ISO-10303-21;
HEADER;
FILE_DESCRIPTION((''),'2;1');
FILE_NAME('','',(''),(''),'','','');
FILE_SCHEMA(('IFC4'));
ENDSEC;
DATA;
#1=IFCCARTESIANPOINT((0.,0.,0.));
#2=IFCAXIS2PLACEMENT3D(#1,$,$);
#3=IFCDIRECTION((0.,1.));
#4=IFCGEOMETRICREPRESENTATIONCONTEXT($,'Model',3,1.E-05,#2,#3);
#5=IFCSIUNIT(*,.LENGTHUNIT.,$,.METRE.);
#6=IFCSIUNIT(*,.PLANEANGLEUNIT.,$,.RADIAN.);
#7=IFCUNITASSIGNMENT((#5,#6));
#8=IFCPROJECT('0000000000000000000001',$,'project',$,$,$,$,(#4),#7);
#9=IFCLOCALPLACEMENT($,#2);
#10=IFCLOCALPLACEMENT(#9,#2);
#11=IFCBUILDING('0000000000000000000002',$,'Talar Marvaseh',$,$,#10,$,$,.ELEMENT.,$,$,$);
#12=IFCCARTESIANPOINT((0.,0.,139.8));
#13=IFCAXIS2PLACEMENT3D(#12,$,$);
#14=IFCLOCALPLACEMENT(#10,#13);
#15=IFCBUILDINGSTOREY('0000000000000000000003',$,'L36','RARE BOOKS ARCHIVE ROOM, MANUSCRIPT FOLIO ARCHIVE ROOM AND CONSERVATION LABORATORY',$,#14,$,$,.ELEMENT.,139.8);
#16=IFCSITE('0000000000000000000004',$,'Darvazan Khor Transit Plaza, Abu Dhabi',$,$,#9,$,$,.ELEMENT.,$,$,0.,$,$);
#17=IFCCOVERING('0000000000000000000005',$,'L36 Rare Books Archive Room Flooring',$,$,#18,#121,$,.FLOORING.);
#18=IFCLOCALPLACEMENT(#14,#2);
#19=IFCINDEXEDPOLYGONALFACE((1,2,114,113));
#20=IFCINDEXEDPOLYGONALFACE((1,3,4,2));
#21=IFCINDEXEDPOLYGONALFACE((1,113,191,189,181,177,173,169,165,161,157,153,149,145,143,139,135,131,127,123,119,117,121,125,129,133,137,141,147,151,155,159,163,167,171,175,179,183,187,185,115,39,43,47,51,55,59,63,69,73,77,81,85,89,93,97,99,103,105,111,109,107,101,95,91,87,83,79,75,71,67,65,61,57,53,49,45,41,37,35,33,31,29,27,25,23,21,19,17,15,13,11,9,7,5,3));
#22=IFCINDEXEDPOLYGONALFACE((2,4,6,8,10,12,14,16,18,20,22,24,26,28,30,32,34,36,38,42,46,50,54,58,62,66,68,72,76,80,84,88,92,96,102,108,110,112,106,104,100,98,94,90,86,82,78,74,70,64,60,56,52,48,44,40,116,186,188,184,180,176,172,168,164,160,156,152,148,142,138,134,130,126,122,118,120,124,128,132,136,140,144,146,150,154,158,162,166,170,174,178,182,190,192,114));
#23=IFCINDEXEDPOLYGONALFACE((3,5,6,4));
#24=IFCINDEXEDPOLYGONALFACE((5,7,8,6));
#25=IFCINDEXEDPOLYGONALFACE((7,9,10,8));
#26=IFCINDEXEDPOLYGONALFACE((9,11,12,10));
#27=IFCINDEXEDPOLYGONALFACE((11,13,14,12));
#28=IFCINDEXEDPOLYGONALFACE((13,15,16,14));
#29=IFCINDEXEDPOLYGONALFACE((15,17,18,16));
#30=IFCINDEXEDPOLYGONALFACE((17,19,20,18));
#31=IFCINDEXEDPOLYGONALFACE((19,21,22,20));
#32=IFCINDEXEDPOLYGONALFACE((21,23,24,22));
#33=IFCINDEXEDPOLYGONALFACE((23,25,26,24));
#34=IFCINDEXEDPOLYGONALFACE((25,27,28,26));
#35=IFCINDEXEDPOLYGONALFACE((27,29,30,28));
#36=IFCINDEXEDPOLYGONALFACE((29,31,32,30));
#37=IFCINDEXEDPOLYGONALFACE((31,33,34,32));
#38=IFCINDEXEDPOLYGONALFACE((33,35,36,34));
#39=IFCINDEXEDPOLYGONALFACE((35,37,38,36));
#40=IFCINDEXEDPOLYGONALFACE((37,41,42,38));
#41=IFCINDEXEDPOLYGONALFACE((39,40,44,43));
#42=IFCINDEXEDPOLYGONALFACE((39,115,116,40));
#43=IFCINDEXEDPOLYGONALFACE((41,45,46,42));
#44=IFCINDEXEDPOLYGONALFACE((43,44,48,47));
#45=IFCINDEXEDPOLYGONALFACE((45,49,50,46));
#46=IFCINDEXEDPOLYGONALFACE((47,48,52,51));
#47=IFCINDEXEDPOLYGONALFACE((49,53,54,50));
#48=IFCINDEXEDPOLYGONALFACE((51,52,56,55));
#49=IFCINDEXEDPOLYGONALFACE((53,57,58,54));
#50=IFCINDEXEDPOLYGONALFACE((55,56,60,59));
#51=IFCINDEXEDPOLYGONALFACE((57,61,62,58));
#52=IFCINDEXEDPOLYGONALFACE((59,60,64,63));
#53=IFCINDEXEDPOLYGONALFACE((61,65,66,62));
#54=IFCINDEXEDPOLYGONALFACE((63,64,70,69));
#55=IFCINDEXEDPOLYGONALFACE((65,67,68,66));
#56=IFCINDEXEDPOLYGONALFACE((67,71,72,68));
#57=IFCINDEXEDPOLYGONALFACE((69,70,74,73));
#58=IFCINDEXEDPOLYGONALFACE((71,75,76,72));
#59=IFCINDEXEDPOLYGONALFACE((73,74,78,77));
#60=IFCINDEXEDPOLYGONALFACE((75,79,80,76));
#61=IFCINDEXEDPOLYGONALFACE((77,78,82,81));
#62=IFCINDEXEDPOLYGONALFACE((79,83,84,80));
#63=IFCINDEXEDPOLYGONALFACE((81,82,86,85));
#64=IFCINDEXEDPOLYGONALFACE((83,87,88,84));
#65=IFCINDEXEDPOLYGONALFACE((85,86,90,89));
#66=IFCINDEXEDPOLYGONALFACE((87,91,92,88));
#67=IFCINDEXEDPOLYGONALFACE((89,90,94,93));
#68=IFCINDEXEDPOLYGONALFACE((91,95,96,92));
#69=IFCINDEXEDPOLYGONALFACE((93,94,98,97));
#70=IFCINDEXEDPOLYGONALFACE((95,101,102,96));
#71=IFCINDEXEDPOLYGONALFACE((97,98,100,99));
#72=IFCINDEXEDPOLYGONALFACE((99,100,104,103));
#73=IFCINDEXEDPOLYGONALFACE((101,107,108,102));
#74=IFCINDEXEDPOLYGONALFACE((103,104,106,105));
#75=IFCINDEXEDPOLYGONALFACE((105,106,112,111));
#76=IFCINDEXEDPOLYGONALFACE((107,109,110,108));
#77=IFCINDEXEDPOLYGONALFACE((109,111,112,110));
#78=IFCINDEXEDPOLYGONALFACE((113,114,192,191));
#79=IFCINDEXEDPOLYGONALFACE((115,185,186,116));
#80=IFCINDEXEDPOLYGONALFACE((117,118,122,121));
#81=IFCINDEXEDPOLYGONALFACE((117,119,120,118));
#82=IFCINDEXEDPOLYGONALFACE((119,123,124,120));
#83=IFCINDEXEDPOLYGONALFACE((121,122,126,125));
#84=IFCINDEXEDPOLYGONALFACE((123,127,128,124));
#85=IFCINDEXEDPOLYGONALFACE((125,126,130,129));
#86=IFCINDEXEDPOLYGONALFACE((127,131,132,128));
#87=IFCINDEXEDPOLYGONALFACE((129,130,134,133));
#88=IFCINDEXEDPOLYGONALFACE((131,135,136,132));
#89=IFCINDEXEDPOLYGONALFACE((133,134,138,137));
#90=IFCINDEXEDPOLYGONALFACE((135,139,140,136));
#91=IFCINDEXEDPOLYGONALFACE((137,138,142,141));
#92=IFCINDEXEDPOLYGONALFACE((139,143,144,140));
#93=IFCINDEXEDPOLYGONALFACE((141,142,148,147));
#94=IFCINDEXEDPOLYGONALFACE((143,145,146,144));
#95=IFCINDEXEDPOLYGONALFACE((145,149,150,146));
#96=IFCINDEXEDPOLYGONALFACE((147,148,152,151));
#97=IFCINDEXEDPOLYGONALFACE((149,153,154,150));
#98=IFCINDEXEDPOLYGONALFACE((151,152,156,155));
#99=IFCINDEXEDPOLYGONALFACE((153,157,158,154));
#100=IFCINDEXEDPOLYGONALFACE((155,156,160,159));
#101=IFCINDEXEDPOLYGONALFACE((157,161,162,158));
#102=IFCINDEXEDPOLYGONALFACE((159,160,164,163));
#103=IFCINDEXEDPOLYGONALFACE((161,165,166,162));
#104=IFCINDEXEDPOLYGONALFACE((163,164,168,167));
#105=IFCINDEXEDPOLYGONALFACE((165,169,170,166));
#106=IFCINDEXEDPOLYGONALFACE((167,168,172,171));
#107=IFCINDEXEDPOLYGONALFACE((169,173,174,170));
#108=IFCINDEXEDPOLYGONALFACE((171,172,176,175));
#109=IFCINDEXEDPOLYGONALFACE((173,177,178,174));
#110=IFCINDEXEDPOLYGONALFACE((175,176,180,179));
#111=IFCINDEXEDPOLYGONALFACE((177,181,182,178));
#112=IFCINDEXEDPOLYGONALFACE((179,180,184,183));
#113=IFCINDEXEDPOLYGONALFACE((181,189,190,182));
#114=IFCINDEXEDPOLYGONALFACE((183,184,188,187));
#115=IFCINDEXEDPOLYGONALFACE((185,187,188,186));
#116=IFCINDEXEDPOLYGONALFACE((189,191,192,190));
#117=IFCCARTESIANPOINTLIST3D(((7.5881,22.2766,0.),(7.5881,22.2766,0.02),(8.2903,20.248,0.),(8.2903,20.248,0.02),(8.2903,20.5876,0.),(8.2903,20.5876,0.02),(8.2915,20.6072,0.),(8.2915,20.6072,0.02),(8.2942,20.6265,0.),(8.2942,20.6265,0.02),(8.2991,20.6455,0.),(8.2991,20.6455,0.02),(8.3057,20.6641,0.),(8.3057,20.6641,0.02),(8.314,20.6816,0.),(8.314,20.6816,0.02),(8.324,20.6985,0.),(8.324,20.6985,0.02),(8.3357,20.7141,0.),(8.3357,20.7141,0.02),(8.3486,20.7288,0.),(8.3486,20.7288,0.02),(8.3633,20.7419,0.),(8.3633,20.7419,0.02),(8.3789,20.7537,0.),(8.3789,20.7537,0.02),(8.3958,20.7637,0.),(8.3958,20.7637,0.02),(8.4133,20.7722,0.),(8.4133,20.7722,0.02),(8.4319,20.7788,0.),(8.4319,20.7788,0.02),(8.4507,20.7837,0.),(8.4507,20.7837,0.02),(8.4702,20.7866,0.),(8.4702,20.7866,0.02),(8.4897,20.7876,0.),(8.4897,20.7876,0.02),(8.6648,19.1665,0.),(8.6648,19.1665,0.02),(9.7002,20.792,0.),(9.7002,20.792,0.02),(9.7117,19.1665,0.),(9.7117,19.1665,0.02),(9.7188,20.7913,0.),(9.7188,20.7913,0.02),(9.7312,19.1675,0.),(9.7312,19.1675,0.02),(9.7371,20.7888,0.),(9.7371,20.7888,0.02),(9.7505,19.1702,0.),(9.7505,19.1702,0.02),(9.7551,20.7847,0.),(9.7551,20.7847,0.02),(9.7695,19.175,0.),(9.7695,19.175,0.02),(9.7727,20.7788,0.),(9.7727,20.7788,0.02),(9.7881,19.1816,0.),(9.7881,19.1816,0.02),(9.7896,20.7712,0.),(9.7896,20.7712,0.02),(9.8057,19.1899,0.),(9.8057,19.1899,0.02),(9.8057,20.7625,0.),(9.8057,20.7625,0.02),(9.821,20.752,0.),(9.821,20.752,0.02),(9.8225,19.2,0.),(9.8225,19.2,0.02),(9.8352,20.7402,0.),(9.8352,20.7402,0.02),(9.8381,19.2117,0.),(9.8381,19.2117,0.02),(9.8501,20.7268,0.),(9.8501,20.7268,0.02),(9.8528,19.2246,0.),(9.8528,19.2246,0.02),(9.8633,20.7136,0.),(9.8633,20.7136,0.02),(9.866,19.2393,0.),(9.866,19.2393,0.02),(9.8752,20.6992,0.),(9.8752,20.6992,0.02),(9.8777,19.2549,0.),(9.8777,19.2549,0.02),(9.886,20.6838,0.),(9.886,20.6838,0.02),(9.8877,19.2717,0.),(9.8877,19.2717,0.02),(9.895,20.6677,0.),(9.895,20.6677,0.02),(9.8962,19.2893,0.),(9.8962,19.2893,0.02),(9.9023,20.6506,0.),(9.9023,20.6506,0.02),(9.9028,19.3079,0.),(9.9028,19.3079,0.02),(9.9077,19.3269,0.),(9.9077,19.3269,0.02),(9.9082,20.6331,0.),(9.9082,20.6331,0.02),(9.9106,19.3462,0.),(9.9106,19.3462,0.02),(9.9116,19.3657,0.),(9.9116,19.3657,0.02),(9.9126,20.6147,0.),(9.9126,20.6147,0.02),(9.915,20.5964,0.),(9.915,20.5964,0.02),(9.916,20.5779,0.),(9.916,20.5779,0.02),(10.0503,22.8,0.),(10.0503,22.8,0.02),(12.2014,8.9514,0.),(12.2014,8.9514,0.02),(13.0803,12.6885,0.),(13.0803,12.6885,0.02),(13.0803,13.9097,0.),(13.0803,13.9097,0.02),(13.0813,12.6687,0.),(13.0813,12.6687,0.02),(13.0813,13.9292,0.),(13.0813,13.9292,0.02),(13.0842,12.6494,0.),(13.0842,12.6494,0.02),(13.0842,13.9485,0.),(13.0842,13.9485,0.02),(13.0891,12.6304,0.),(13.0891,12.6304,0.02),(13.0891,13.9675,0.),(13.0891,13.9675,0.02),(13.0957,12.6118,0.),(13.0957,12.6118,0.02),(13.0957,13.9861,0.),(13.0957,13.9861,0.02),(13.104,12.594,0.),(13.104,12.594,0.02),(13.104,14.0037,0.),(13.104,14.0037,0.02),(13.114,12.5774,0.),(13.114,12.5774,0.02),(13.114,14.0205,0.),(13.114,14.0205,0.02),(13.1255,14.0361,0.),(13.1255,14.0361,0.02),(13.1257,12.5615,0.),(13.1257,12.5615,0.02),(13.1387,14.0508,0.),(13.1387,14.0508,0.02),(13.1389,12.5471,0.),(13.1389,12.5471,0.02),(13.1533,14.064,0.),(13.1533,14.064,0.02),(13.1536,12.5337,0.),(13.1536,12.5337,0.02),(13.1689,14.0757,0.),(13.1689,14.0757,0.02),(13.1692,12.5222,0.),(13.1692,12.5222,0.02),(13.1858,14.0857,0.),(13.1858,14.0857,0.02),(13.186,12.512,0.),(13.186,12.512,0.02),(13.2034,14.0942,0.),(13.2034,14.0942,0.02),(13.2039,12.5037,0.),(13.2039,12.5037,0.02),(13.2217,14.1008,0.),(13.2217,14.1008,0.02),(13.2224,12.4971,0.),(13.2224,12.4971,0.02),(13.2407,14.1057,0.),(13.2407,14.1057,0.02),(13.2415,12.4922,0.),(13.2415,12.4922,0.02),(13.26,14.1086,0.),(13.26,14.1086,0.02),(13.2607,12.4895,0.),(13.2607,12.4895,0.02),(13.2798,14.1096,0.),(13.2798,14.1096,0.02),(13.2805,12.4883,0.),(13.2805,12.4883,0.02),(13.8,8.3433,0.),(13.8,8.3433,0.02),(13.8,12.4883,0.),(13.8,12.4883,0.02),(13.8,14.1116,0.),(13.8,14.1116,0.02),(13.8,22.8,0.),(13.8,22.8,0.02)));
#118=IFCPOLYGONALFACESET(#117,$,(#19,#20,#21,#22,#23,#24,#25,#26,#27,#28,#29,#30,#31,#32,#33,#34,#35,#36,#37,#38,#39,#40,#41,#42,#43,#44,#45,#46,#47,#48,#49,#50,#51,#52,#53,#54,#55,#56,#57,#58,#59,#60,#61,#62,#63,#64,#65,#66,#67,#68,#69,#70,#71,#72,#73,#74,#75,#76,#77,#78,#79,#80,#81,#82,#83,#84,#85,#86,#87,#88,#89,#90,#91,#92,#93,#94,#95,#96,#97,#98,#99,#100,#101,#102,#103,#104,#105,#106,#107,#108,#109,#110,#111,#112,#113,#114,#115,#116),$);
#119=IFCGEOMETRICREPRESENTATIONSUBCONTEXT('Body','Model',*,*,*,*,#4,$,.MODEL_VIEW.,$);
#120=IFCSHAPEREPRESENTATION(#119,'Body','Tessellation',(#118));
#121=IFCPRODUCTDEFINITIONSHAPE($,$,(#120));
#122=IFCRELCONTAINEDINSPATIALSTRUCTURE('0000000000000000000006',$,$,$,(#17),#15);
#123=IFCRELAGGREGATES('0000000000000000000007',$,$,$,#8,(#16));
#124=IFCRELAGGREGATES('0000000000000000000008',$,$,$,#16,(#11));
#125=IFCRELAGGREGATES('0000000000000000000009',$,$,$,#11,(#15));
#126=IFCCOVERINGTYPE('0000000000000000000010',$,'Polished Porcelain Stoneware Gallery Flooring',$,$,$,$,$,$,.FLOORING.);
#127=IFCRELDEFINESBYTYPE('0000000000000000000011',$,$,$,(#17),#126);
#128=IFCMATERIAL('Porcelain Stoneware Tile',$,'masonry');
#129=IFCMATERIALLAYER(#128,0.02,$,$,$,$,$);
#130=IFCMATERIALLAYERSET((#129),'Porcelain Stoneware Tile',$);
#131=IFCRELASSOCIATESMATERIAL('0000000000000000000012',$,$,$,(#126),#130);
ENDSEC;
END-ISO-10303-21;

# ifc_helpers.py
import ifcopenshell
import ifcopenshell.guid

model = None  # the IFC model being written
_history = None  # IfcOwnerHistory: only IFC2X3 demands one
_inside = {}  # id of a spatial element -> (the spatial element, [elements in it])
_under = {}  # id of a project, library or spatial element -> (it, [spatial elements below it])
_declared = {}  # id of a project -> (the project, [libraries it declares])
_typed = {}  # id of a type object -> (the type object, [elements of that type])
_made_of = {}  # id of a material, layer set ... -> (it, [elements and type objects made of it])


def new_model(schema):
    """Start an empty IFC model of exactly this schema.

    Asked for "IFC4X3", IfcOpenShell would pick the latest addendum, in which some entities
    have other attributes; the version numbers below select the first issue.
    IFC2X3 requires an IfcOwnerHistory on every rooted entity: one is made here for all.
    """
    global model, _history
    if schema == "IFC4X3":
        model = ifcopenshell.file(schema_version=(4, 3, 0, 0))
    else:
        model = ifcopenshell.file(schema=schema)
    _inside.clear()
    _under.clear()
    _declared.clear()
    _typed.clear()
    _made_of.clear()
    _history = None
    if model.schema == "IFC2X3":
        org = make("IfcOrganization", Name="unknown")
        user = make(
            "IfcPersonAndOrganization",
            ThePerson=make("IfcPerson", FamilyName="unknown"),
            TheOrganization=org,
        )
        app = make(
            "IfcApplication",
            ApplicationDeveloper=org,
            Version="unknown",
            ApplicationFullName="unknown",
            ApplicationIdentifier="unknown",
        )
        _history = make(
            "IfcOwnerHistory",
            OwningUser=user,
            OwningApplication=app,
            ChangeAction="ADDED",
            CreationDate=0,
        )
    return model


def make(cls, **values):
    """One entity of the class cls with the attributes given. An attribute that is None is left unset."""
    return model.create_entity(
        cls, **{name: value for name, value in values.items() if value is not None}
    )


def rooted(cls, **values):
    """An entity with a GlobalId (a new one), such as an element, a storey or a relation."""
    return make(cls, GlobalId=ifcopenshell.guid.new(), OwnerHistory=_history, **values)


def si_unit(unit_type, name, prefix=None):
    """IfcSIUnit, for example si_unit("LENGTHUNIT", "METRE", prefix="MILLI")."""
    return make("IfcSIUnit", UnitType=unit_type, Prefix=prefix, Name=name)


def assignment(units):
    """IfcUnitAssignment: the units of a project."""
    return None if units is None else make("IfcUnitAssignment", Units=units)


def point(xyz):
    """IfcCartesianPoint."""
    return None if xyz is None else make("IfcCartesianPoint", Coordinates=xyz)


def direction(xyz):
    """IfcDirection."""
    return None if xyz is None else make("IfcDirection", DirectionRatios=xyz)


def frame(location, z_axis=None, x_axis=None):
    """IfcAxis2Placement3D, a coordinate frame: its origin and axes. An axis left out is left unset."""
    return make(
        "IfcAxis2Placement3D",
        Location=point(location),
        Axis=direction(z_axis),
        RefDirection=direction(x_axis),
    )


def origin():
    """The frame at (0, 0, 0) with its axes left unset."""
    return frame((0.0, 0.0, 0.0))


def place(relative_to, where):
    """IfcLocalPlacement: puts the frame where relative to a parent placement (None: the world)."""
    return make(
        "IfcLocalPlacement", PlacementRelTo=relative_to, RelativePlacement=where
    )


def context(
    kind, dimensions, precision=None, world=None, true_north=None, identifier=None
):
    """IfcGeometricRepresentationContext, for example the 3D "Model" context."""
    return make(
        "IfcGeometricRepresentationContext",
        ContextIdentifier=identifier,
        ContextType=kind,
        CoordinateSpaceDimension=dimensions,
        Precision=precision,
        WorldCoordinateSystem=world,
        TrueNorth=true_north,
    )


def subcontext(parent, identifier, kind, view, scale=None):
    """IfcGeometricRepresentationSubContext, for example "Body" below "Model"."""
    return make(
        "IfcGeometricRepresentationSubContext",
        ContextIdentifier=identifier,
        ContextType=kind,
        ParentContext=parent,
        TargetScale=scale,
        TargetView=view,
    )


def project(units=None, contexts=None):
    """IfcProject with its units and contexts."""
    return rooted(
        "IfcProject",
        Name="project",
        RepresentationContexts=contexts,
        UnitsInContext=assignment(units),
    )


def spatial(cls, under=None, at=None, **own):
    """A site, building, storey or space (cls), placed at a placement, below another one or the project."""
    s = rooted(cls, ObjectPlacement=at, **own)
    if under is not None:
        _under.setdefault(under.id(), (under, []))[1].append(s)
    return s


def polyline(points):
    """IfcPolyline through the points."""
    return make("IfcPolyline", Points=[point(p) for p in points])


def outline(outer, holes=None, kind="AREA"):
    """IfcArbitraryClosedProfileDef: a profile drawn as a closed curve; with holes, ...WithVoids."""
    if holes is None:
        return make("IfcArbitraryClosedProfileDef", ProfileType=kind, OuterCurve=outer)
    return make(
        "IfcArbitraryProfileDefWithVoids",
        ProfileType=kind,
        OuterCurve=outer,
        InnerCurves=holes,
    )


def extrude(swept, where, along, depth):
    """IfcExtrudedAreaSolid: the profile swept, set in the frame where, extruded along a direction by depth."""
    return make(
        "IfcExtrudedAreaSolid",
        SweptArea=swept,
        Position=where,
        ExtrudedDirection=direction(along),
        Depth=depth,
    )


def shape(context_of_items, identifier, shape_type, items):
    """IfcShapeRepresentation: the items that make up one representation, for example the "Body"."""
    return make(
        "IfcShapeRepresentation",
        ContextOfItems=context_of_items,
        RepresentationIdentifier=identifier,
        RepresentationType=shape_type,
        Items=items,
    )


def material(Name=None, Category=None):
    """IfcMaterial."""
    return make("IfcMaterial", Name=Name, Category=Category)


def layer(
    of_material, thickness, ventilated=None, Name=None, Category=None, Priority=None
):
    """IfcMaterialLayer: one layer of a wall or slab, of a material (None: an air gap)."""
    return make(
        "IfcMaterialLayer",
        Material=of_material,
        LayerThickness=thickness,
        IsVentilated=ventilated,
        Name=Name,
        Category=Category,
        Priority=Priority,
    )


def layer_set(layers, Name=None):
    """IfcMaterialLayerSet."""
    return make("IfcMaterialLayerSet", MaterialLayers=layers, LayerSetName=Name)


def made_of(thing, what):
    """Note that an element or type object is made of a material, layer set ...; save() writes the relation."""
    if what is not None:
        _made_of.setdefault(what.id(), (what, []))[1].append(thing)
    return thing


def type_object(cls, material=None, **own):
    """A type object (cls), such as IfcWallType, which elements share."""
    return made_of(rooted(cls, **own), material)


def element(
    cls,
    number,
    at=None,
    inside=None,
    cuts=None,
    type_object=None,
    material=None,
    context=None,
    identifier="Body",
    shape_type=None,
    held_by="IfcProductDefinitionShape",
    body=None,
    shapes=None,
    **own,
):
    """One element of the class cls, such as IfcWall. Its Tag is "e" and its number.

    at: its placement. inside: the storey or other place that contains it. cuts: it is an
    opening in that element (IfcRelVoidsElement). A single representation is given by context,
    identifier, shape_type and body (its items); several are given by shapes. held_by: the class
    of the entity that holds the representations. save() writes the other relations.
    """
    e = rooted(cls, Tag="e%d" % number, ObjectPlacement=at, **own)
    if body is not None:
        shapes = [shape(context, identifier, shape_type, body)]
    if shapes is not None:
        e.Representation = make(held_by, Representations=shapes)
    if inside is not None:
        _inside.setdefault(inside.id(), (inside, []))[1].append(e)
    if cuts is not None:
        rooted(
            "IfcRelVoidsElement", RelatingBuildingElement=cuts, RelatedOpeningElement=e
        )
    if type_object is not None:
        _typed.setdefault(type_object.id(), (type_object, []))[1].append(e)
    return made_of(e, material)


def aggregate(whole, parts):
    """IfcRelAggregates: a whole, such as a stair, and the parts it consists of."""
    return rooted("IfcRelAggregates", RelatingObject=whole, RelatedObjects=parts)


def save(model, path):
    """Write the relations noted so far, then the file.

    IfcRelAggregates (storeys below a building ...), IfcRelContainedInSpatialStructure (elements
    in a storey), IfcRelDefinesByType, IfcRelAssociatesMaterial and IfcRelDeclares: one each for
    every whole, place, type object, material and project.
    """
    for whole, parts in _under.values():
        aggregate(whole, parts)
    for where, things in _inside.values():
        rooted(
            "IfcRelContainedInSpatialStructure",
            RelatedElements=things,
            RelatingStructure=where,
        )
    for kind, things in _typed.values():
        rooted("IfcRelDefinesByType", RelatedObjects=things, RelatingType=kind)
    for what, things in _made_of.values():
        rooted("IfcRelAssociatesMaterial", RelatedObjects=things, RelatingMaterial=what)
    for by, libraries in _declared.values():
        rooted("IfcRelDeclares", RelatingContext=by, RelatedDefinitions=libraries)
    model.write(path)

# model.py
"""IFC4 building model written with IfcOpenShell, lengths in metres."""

from ifc_helpers import new_model, si_unit, direction, frame, origin, place, context, subcontext, project, spatial, polyline, outline, extrude, material, layer, layer_set, type_object, element, save


model = new_model("IFC4")

# Units and contexts
model_context = context("Model", 3, precision=1e-05, world=origin(), true_north=direction((0.0, 1.0)))
body_context = subcontext(model_context, "Body", "Model", "MODEL_VIEW")
ifc_project = project(units=[si_unit("LENGTHUNIT", "METRE"), si_unit("PLANEANGLEUNIT", "RADIAN")], contexts=[model_context])

# Site, building, storey
site_placement = place(None, origin())
site = spatial("IfcSite", under=ifc_project, at=site_placement, Name="Darvazan Khor Transit Plaza, Abu Dhabi", CompositionType="ELEMENT", RefElevation=0.0)
building_placement = place(site_placement, origin())
building = spatial("IfcBuilding", under=site, at=building_placement, Name="Talar Marvaseh", CompositionType="ELEMENT")
storey_placement = place(building_placement, frame((0.0, 0.0, 139.8)))
storey = spatial("IfcBuildingStorey", under=building, at=storey_placement, Name="L36", Description="RARE BOOKS ARCHIVE ROOM, MANUSCRIPT FOLIO ARCHIVE ROOM AND CONSERVATION LABORATORY", CompositionType="ELEMENT", Elevation=139.8)

# Covering
ifc_material_1 = material(Name="Porcelain Stoneware Tile", Category="masonry")
ifc_layer_1 = layer(ifc_material_1, 0.02)
ifc_layer_set_1 = layer_set([ifc_layer_1], Name="Porcelain Stoneware Tile")
covering_type_1 = type_object("IfcCoveringType", Name="Polished Porcelain Stoneware Gallery Flooring", PredefinedType="FLOORING", material=ifc_layer_set_1)
covering_1_placement = place(storey_placement, origin())
element("IfcCovering", 1, at=covering_1_placement, inside=storey, type_object=covering_type_1, Name="L36 Rare Books Archive Room Flooring", PredefinedType="FLOORING", context=body_context, shape_type="SweptSolid", body=[
    extrude(outline(polyline([(9.7312, 19.1675), (9.7505, 19.1702), (9.7695, 19.175), (9.7881, 19.1816), (9.8057, 19.1899), (9.8225, 19.2), (9.8381, 19.2117), (9.8528, 19.2246), (9.866, 19.2393), (9.8777, 19.2549), (9.8877, 19.2717), (9.8962, 19.2893), (9.9028, 19.3079), (9.9077, 19.3269), (9.9106, 19.3462), (9.9116, 19.3657), (9.916, 20.5779), (9.915, 20.5964), (9.9126, 20.6147), (9.9082, 20.6331), (9.9023, 20.6506), (9.895, 20.6677), (9.886, 20.6838), (9.8752, 20.6992), (9.8633, 20.7136), (9.8501, 20.7268), (9.8352, 20.7402), (9.821, 20.752), (9.8057, 20.7625), (9.7896, 20.7712), (9.7727, 20.7788), (9.7551, 20.7847), (9.7371, 20.7888), (9.7188, 20.7913), (9.7002, 20.792), (8.4897, 20.7876), (8.4702, 20.7866), (8.4507, 20.7837), (8.4319, 20.7788), (8.4133, 20.7722), (8.3958, 20.7637), (8.3789, 20.7537), (8.3633, 20.7419), (8.3486, 20.7288), (8.3357, 20.7141), (8.324, 20.6985), (8.314, 20.6816), (8.3057, 20.6641), (8.2991, 20.6455), (8.2942, 20.6265), (8.2915, 20.6072), (8.2903, 20.5876), (8.2903, 20.248), (7.5881, 22.2766), (10.0503, 22.8), (13.8, 22.8), (13.8, 14.1116), (13.2798, 14.1096), (13.26, 14.1086), (13.2407, 14.1057), (13.2217, 14.1008), (13.2034, 14.0942), (13.1858, 14.0857), (13.1689, 14.0757), (13.1533, 14.064), (13.1387, 14.0508), (13.1255, 14.0361), (13.114, 14.0205), (13.104, 14.0037), (13.0957, 13.9861), (13.0891, 13.9675), (13.0842, 13.9485), (13.0813, 13.9292), (13.0803, 13.9097), (13.0803, 12.6885), (13.0813, 12.6687), (13.0842, 12.6494), (13.0891, 12.6304), (13.0957, 12.6118), (13.104, 12.594), (13.114, 12.5774), (13.1257, 12.5615), (13.1389, 12.5471), (13.1536, 12.5337), (13.1692, 12.5222), (13.186, 12.512), (13.2039, 12.5037), (13.2224, 12.4971), (13.2415, 12.4922), (13.2607, 12.4895), (13.2805, 12.4883), (13.8, 12.4883), (13.8, 8.3433), (12.2014, 8.9514), (8.6648, 19.1665), (9.7117, 19.1665), (9.7312, 19.1675)])), origin(), (0.0, 0.0, 1.0), 0.02),
])

save(model, "model.ifc")
